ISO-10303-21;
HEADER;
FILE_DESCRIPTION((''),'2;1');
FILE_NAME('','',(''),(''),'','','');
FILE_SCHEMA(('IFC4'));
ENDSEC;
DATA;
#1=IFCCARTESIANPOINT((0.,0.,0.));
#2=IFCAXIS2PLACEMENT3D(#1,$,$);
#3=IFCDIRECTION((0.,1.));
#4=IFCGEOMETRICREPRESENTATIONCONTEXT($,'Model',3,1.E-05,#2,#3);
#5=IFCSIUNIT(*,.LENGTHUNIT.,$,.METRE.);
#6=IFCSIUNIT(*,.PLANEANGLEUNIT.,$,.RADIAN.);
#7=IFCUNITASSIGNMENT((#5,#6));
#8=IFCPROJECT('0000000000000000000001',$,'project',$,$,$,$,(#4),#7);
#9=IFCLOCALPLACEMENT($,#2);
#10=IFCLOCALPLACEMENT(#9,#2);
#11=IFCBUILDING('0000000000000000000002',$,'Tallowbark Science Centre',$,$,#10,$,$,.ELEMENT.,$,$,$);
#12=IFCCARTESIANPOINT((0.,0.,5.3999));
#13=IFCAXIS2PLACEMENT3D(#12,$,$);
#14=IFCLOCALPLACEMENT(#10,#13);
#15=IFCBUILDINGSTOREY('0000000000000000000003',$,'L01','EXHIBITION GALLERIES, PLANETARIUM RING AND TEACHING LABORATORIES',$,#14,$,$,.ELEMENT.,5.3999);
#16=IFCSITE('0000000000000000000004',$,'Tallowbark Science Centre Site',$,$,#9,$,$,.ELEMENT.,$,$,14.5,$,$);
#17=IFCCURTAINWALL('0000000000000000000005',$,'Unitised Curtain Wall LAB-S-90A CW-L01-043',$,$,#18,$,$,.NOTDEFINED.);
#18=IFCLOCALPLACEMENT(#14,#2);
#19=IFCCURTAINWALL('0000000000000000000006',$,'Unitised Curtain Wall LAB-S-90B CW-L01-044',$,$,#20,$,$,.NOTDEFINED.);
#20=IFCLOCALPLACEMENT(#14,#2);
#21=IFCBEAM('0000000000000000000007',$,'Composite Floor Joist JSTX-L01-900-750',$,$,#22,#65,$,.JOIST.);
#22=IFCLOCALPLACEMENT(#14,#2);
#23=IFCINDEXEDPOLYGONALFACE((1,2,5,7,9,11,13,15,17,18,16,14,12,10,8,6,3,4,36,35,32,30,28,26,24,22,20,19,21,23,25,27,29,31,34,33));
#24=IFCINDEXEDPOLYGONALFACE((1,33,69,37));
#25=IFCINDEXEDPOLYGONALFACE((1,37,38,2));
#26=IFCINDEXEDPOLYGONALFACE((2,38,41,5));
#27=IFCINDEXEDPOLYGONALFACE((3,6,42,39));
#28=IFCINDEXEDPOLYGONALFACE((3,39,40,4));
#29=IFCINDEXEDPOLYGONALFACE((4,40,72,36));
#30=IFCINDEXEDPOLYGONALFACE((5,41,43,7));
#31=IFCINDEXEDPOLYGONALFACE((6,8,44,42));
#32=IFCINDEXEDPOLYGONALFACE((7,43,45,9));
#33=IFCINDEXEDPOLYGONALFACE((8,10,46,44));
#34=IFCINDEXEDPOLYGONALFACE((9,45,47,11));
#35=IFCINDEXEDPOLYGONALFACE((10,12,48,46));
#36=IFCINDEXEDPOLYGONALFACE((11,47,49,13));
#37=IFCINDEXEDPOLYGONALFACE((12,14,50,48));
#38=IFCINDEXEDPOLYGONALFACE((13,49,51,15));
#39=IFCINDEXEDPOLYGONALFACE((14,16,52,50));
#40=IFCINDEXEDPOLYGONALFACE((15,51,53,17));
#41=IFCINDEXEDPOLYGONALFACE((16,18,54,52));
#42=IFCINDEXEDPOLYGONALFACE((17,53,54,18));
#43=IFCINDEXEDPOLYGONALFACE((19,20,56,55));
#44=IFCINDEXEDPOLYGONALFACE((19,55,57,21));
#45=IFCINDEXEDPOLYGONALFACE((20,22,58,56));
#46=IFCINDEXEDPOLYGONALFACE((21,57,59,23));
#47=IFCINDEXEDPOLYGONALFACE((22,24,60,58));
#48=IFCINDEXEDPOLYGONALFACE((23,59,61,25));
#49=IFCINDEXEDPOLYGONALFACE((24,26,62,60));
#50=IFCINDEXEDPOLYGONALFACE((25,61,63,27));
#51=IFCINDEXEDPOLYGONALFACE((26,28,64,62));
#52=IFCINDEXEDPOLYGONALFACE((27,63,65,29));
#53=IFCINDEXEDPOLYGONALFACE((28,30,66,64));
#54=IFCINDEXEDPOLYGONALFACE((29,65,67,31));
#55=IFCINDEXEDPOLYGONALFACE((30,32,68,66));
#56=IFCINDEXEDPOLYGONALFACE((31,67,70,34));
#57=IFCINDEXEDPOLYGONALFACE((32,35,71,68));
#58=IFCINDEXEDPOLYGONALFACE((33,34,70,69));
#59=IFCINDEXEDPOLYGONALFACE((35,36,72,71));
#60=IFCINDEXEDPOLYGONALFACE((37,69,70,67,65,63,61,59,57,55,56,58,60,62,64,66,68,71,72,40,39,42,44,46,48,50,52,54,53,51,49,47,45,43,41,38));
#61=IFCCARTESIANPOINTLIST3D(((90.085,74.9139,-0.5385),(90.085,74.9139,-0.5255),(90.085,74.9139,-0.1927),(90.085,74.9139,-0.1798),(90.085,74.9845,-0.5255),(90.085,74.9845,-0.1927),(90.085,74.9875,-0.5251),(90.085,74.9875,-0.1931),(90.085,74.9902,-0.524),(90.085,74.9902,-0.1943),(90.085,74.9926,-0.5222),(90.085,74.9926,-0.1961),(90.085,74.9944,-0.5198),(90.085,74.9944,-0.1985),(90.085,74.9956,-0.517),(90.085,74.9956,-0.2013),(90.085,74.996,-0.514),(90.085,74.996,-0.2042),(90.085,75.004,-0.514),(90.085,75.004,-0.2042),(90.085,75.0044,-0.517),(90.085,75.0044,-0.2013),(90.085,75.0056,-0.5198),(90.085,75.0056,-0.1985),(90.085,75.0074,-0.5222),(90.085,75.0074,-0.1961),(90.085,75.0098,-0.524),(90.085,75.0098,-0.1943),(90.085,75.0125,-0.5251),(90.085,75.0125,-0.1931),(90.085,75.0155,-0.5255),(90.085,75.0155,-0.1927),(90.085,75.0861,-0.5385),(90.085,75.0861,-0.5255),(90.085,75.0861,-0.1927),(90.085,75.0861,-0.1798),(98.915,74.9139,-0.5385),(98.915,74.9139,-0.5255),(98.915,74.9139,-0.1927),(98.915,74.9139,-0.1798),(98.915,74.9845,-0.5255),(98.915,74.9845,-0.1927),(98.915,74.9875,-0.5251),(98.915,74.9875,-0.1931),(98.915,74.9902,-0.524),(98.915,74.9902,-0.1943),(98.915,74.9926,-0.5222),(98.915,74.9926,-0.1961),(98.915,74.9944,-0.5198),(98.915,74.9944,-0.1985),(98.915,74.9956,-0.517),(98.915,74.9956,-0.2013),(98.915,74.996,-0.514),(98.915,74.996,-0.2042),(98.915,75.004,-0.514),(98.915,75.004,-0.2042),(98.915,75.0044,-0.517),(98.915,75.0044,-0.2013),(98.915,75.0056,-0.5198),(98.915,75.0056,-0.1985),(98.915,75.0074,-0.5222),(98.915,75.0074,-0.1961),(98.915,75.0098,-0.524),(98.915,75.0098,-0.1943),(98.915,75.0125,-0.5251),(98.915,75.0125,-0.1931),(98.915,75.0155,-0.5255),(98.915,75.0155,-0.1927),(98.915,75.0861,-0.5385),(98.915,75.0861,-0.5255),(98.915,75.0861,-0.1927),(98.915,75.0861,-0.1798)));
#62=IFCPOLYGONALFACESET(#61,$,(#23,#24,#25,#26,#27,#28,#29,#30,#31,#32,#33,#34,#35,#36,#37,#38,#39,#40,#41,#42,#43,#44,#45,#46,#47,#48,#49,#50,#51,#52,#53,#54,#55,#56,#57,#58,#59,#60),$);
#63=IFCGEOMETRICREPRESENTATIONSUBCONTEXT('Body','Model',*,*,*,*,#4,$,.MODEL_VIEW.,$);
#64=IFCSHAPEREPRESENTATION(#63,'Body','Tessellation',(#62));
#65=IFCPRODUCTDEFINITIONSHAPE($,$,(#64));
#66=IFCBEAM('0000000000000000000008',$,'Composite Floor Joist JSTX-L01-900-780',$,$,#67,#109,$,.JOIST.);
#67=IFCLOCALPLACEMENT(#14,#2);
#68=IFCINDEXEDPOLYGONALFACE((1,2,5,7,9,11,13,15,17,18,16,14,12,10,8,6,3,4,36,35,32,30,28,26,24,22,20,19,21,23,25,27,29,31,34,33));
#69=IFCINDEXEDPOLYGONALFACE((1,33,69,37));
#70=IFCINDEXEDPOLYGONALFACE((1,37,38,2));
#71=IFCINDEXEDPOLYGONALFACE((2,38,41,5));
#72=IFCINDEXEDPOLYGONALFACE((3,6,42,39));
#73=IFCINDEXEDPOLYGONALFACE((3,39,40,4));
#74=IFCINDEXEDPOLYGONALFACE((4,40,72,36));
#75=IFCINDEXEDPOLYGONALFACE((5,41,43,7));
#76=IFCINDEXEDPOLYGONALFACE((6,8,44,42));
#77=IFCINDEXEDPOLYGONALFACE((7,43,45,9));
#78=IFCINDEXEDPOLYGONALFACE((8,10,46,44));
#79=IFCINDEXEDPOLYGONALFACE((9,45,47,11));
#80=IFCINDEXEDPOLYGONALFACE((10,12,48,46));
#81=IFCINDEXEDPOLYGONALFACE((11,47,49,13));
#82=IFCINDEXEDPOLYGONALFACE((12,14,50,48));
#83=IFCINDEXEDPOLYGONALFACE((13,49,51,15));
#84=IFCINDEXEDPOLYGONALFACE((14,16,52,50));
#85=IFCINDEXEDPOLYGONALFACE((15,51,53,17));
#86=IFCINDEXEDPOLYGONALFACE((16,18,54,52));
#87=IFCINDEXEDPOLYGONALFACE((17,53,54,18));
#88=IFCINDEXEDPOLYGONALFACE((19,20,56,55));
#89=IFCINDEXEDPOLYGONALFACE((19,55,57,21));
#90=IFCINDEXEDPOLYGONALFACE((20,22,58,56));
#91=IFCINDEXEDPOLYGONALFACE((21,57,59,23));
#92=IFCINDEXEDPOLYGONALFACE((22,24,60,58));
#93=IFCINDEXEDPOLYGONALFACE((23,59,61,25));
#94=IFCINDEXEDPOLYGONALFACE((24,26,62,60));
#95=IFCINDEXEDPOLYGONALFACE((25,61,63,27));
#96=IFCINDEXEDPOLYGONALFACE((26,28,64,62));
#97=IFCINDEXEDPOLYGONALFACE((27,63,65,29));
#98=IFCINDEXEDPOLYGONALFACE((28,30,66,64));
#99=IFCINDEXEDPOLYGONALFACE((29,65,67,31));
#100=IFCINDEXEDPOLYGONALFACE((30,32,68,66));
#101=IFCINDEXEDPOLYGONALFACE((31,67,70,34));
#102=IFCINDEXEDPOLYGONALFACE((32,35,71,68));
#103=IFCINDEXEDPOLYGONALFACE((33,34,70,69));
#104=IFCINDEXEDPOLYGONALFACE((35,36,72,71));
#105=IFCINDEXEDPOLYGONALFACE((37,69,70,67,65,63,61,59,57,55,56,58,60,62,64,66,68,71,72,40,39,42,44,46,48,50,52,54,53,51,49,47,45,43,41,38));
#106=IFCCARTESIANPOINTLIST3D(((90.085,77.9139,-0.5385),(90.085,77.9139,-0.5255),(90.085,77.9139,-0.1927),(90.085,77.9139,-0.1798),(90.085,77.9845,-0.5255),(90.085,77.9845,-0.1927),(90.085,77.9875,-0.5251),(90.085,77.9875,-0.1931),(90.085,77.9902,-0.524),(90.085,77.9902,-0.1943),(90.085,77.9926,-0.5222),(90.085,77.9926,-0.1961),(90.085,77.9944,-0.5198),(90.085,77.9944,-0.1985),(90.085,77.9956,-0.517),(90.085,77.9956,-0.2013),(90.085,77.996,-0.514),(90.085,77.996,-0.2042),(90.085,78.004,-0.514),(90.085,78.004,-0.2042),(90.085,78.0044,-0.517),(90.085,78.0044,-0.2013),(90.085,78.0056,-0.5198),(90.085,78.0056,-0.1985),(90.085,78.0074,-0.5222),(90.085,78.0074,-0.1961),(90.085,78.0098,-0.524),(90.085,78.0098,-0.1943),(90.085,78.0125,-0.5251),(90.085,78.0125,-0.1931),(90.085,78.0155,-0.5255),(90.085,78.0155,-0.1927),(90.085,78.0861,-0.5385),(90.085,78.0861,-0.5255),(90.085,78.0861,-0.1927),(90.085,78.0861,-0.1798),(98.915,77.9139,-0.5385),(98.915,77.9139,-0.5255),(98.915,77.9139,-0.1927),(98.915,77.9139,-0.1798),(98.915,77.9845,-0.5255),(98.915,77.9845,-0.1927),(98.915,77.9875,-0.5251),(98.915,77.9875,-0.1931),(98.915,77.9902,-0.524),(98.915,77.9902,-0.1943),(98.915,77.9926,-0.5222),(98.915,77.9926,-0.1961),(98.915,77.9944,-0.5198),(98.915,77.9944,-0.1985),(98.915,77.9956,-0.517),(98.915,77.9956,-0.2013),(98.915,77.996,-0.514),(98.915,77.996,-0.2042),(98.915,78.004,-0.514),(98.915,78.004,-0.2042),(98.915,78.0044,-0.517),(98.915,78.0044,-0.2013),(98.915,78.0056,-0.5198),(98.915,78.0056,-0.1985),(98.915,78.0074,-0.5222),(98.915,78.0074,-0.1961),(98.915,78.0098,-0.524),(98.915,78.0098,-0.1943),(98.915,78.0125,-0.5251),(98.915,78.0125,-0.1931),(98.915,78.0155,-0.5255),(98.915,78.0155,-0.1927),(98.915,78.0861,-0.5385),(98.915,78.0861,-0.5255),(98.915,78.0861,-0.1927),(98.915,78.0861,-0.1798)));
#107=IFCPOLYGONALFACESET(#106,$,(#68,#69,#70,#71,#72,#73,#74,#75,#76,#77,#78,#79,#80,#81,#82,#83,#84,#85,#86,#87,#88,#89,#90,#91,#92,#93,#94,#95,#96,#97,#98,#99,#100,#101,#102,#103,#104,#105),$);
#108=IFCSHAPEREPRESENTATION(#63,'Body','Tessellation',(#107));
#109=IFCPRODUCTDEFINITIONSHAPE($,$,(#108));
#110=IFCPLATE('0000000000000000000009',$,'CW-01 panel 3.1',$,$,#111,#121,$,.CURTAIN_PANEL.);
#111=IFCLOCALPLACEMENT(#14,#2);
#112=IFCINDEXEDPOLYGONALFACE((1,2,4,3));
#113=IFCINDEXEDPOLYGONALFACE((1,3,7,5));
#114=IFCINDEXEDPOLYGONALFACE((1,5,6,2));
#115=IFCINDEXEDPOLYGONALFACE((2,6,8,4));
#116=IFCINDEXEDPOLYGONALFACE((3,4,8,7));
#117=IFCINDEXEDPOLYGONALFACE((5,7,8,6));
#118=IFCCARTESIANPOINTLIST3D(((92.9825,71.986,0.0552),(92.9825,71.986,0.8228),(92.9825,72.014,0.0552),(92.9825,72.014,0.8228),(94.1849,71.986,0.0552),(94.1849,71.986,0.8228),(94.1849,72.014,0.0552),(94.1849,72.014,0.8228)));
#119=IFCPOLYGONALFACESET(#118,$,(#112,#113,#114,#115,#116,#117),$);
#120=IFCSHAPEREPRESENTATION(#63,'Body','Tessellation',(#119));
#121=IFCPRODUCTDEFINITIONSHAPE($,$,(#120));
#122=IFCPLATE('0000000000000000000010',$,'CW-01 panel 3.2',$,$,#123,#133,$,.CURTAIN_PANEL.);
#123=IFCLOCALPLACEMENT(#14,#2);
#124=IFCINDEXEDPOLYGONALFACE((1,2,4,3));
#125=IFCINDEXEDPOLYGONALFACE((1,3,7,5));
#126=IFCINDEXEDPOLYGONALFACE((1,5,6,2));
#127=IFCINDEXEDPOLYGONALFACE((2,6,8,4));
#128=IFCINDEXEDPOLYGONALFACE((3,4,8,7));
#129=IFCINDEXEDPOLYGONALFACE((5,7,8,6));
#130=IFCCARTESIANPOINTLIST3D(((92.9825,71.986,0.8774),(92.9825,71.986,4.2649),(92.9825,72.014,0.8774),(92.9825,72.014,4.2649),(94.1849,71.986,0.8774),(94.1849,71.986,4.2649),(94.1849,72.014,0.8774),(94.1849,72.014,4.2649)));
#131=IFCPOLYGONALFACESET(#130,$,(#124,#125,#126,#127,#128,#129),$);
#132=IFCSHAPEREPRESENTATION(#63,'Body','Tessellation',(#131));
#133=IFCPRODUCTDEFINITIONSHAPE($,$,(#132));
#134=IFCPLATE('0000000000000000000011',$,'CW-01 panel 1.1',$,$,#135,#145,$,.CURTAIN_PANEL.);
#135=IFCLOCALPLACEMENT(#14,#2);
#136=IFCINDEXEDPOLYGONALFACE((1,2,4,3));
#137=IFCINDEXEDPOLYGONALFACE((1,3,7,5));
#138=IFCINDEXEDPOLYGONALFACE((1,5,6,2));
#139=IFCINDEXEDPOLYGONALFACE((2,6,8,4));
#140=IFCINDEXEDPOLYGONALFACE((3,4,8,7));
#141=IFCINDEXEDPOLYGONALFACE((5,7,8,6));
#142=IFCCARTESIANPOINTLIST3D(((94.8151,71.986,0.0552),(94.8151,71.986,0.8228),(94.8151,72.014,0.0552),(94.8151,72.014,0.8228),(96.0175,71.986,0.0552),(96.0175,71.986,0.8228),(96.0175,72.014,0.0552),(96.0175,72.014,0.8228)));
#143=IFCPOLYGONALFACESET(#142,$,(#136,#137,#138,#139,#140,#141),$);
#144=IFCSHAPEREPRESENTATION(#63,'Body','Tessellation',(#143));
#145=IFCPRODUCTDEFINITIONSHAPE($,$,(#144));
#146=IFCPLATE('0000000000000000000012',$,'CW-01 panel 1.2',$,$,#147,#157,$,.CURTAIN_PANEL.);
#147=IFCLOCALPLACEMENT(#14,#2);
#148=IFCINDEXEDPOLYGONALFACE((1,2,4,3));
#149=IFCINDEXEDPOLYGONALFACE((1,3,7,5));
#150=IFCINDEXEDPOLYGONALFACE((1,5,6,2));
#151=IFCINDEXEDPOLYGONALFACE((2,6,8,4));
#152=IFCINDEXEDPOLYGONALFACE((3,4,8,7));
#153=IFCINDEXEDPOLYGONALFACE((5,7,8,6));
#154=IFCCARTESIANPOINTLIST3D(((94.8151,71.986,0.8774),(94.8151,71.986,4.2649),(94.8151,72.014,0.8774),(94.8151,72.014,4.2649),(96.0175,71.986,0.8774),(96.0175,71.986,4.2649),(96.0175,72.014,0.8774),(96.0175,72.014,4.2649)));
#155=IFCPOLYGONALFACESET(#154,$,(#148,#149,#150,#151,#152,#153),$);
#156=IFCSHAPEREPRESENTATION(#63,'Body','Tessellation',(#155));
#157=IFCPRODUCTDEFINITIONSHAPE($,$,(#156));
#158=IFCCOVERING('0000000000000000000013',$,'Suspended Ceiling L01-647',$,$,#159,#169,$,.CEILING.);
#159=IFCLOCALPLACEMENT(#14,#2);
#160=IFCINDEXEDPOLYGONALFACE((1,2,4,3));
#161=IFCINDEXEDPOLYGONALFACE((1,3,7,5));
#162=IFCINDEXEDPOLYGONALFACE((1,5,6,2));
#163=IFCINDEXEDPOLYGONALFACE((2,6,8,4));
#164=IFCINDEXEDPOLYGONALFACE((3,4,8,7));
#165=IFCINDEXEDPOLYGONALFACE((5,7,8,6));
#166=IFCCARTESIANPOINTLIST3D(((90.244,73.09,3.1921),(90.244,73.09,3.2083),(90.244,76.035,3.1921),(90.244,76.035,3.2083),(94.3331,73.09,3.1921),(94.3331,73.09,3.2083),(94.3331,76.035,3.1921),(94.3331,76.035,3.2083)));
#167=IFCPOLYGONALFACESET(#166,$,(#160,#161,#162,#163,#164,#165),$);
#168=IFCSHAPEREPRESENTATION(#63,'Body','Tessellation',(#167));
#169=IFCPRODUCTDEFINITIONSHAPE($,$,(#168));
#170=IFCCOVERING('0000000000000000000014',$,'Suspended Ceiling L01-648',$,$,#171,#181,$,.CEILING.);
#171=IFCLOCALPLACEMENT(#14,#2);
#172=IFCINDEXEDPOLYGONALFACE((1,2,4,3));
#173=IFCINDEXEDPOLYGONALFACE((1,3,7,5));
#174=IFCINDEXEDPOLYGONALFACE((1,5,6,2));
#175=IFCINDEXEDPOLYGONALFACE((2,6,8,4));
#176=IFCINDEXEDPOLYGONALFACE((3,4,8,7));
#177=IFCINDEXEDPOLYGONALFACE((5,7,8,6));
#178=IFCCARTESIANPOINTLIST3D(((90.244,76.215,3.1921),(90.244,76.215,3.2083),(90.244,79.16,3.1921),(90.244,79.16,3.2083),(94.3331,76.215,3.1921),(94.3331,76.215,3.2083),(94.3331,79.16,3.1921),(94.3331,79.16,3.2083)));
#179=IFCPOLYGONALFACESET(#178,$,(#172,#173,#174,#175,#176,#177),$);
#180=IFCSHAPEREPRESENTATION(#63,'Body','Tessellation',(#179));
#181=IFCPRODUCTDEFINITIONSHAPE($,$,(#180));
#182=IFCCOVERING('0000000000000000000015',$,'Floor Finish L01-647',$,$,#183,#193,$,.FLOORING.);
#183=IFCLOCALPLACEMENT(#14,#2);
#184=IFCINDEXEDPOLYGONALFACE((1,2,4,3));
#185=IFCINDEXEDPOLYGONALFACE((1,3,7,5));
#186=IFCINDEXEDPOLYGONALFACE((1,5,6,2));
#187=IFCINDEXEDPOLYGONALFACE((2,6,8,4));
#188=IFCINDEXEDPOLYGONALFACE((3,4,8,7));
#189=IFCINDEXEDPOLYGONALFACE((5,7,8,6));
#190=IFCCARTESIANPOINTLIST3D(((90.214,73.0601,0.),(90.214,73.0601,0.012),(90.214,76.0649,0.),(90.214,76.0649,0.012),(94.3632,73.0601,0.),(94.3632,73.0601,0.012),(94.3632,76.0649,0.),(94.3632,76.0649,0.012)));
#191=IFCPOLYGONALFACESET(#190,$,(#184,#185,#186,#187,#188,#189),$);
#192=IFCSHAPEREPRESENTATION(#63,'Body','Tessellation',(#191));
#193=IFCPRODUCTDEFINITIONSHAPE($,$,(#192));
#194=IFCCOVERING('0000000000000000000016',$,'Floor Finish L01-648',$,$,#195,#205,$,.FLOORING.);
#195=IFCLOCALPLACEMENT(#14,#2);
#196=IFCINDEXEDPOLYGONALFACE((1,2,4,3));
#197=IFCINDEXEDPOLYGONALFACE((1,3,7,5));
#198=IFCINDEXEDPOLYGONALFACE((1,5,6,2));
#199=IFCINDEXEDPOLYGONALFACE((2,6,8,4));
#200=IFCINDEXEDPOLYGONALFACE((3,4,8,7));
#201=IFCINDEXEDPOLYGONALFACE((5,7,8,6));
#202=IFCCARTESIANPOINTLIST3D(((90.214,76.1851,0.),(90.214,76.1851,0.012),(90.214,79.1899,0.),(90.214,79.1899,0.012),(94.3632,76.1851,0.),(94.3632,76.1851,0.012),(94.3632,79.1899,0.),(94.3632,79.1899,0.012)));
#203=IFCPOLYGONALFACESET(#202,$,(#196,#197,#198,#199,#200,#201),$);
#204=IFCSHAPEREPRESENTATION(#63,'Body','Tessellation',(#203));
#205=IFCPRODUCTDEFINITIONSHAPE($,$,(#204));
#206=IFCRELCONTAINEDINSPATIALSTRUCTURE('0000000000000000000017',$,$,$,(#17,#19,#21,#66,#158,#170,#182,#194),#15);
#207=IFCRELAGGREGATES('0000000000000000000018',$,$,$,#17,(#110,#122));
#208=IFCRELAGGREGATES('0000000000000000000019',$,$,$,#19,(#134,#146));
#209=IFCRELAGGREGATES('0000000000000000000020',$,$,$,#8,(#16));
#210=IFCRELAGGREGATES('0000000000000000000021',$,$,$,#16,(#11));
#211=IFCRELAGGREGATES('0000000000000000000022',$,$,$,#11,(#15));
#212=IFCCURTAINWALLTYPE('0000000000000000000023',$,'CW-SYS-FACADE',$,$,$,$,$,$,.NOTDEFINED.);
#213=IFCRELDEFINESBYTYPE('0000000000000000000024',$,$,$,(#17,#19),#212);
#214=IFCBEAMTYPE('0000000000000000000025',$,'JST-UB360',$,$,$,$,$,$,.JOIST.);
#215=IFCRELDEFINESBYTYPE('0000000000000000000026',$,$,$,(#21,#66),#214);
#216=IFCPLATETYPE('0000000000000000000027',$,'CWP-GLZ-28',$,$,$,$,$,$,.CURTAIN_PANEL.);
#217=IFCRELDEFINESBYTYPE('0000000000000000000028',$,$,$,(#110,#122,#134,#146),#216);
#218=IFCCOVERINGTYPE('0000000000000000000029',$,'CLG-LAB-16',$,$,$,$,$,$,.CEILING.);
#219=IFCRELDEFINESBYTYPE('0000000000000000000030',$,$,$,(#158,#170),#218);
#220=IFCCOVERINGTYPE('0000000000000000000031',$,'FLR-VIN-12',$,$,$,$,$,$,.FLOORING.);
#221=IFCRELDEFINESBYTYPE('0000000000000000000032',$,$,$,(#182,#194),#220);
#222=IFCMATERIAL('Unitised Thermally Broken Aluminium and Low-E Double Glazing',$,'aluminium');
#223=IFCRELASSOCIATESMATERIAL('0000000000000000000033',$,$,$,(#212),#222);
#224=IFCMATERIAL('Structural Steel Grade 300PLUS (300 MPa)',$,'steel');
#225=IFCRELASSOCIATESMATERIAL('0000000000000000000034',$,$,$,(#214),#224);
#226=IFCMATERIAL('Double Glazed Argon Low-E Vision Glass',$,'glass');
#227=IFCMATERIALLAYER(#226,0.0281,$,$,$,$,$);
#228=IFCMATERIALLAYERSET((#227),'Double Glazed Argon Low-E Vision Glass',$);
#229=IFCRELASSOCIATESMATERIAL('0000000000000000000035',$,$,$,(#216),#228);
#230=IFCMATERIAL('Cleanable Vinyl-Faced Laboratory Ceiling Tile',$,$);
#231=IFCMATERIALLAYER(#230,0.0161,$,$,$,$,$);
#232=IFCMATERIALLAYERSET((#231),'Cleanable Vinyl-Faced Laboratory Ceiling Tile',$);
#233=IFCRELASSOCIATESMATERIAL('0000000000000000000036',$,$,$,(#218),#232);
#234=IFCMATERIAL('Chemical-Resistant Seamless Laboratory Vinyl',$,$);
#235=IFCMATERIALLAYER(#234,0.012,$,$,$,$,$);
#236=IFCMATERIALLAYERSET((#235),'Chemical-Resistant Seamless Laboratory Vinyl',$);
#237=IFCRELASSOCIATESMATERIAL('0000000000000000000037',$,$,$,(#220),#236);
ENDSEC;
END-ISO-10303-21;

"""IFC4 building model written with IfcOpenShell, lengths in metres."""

from ifc_helpers import new_model, si_unit, direction, frame, origin, origin_2d, place, context, subcontext, project, spatial, rectangle, i_section, extrude, material, layer, layer_set, material_profile, profile_set, type_object, element, aggregate, save


model = new_model("IFC4")

# Units and contexts
model_context = context("Model", 3, precision=1e-05, world=origin(), true_north=direction((0.0, 1.0)))
body_context = subcontext(model_context, "Body", "Model", "MODEL_VIEW")
ifc_project = project(units=[si_unit("LENGTHUNIT", "METRE"), si_unit("PLANEANGLEUNIT", "RADIAN")], contexts=[model_context])

# Site, building, storey
site_placement = place(None, origin())
site = spatial("IfcSite", under=ifc_project, at=site_placement, Name="Tallowbark Science Centre Site", CompositionType="ELEMENT", RefElevation=14.5)
building_placement = place(site_placement, origin())
building = spatial("IfcBuilding", under=site, at=building_placement, Name="Tallowbark Science Centre", CompositionType="ELEMENT")
storey_placement = place(building_placement, frame((0.0, 0.0, 5.3999)))
storey = spatial("IfcBuildingStorey", under=building, at=storey_placement, Name="L01", Description="EXHIBITION GALLERIES, PLANETARIUM RING AND TEACHING LABORATORIES", CompositionType="ELEMENT", Elevation=5.3999)

# Curtain walls
ifc_material_1 = material(Name="Unitised Thermally Broken Aluminium and Low-E Double Glazing", Category="aluminium")
curtain_wall_type = type_object("IfcCurtainWallType", Name="CW-SYS-FACADE", PredefinedType="NOTDEFINED", material=ifc_material_1)
curtain_wall_1_placement = place(storey_placement, origin())
curtain_wall_1 = element("IfcCurtainWall", 1, at=curtain_wall_1_placement, inside=storey, type_object=curtain_wall_type, Name="Unitised Curtain Wall LAB-S-90A CW-L01-043", PredefinedType="NOTDEFINED")
curtain_wall_2_placement = place(storey_placement, origin())
curtain_wall_2 = element("IfcCurtainWall", 2, at=curtain_wall_2_placement, inside=storey, type_object=curtain_wall_type, Name="Unitised Curtain Wall LAB-S-90B CW-L01-044", PredefinedType="NOTDEFINED")

# Beams
ifc_material_2 = material(Name="Structural Steel Grade 300PLUS (300 MPa)", Category="steel")
ifc_material_profile_1 = material_profile(ifc_material_2, i_section(OverallWidth=0.1721, OverallDepth=0.3586, WebThickness=0.0081, FlangeThickness=0.0129, FilletRadius=0.0115, at=origin_2d()), Name="360UB56.7")
ifc_profile_set_1 = profile_set([ifc_material_profile_1], Name="Structural Steel Grade 300PLUS (300 MPa)")
beam_type = type_object("IfcBeamType", Name="JST-UB360", PredefinedType="JOIST", material=ifc_profile_set_1)
for number, where, z_axis, x_axis, name in (
    (3, (90.085, 75.0, -0.3591), (1.0, 0.0, 0.0), (0.0, 1.0, 0.0), "Composite Floor Joist JSTX-L01-900-750"),
    (4, (90.085, 78.0, -0.3591), (1.0, 0.0, 0.0), (0.0, 1.0, 0.0), "Composite Floor Joist JSTX-L01-900-780"),
):
    element("IfcBeam", number, at=place(storey_placement, frame(where, z_axis=z_axis, x_axis=x_axis)), inside=storey, type_object=beam_type, Name=name, PredefinedType="JOIST", context=body_context, shape_type="SweptSolid", body=[
        extrude(i_section(OverallWidth=0.1721, OverallDepth=0.3586, WebThickness=0.0081, FlangeThickness=0.0129, FilletRadius=0.0115, at=origin_2d()), origin(), (0.0, 0.0, 1.0), 8.8301),
    ])

# Plates
ifc_material_3 = material(Name="Double Glazed Argon Low-E Vision Glass", Category="glass")
ifc_layer_1 = layer(ifc_material_3, 0.0281)
ifc_layer_set_1 = layer_set([ifc_layer_1], Name="Double Glazed Argon Low-E Vision Glass")
plate_type = type_object("IfcPlateType", Name="CWP-GLZ-28", PredefinedType="CURTAIN_PANEL", material=ifc_layer_set_1)
plate_1_placement = place(storey_placement, frame((93.5837, 72.0, 0.0552), z_axis=(0.0, 0.0, 1.0), x_axis=(1.0, 0.0, 0.0)))
plate_1 = element("IfcPlate", 5, at=plate_1_placement, type_object=plate_type, Name="CW-01 panel 3.1", PredefinedType="CURTAIN_PANEL", context=body_context, shape_type="SweptSolid", body=[
    extrude(rectangle(XDim=1.2024, YDim=0.0281, at=origin_2d()), origin(), (0.0, 0.0, 1.0), 0.7676),
])
plate_2_placement = place(storey_placement, frame((93.5837, 72.0, 0.8774), z_axis=(0.0, 0.0, 1.0), x_axis=(1.0, 0.0, 0.0)))
plate_2 = element("IfcPlate", 6, at=plate_2_placement, type_object=plate_type, Name="CW-01 panel 3.2", PredefinedType="CURTAIN_PANEL", context=body_context, shape_type="SweptSolid", body=[
    extrude(rectangle(XDim=1.2024, YDim=0.0281, at=origin_2d()), origin(), (0.0, 0.0, 1.0), 3.3875),
])
aggregate(curtain_wall_1, [plate_1, plate_2])
plate_3_placement = place(storey_placement, frame((95.4163, 72.0, 0.0552), z_axis=(0.0, 0.0, 1.0), x_axis=(1.0, 0.0, 0.0)))
plate_3 = element("IfcPlate", 7, at=plate_3_placement, type_object=plate_type, Name="CW-01 panel 1.1", PredefinedType="CURTAIN_PANEL", context=body_context, shape_type="SweptSolid", body=[
    extrude(rectangle(XDim=1.2024, YDim=0.0281, at=origin_2d()), origin(), (0.0, 0.0, 1.0), 0.7676),
])
plate_4_placement = place(storey_placement, frame((95.4163, 72.0, 0.8774), z_axis=(0.0, 0.0, 1.0), x_axis=(1.0, 0.0, 0.0)))
plate_4 = element("IfcPlate", 8, at=plate_4_placement, type_object=plate_type, Name="CW-01 panel 1.2", PredefinedType="CURTAIN_PANEL", context=body_context, shape_type="SweptSolid", body=[
    extrude(rectangle(XDim=1.2024, YDim=0.0281, at=origin_2d()), origin(), (0.0, 0.0, 1.0), 3.3875),
])
aggregate(curtain_wall_2, [plate_3, plate_4])

# Coverings
ifc_material_4 = material(Name="Cleanable Vinyl-Faced Laboratory Ceiling Tile")
ifc_layer_2 = layer(ifc_material_4, 0.0161)
ifc_layer_set_2 = layer_set([ifc_layer_2], Name="Cleanable Vinyl-Faced Laboratory Ceiling Tile")
covering_type_1 = type_object("IfcCoveringType", Name="CLG-LAB-16", PredefinedType="CEILING", material=ifc_layer_set_2)
for number, where, z_axis, x_axis, name in (
    (9, (92.2886, 74.5625, 3.1921), (0.0, 0.0, 1.0), (1.0, 0.0, 0.0), "Suspended Ceiling L01-647"),
    (10, (92.2886, 77.6875, 3.1921), (0.0, 0.0, 1.0), (1.0, 0.0, 0.0), "Suspended Ceiling L01-648"),
):
    element("IfcCovering", number, at=place(storey_placement, frame(where, z_axis=z_axis, x_axis=x_axis)), inside=storey, type_object=covering_type_1, Name=name, PredefinedType="CEILING", context=body_context, shape_type="SweptSolid", body=[
        extrude(rectangle(XDim=4.0891, YDim=2.9451, at=origin_2d()), origin(), (0.0, 0.0, 1.0), 0.0161),
    ])
ifc_material_5 = material(Name="Chemical-Resistant Seamless Laboratory Vinyl")
ifc_layer_3 = layer(ifc_material_5, 0.012)
ifc_layer_set_3 = layer_set([ifc_layer_3], Name="Chemical-Resistant Seamless Laboratory Vinyl")
covering_type_2 = type_object("IfcCoveringType", Name="FLR-VIN-12", PredefinedType="FLOORING", material=ifc_layer_set_3)
for number, where, z_axis, x_axis, name in (
    (11, (92.2886, 74.5625, 0.0), (0.0, 0.0, 1.0), (1.0, 0.0, 0.0), "Floor Finish L01-647"),
    (12, (92.2886, 77.6875, 0.0), (0.0, 0.0, 1.0), (1.0, 0.0, 0.0), "Floor Finish L01-648"),
):
    element("IfcCovering", number, at=place(storey_placement, frame(where, z_axis=z_axis, x_axis=x_axis)), inside=storey, type_object=covering_type_2, Name=name, PredefinedType="FLOORING", context=body_context, shape_type="SweptSolid", body=[
        extrude(rectangle(XDim=4.1492, YDim=3.0049, at=origin_2d()), origin(), (0.0, 0.0, 1.0), 0.012),
    ])

save(model, "model.ifc")
